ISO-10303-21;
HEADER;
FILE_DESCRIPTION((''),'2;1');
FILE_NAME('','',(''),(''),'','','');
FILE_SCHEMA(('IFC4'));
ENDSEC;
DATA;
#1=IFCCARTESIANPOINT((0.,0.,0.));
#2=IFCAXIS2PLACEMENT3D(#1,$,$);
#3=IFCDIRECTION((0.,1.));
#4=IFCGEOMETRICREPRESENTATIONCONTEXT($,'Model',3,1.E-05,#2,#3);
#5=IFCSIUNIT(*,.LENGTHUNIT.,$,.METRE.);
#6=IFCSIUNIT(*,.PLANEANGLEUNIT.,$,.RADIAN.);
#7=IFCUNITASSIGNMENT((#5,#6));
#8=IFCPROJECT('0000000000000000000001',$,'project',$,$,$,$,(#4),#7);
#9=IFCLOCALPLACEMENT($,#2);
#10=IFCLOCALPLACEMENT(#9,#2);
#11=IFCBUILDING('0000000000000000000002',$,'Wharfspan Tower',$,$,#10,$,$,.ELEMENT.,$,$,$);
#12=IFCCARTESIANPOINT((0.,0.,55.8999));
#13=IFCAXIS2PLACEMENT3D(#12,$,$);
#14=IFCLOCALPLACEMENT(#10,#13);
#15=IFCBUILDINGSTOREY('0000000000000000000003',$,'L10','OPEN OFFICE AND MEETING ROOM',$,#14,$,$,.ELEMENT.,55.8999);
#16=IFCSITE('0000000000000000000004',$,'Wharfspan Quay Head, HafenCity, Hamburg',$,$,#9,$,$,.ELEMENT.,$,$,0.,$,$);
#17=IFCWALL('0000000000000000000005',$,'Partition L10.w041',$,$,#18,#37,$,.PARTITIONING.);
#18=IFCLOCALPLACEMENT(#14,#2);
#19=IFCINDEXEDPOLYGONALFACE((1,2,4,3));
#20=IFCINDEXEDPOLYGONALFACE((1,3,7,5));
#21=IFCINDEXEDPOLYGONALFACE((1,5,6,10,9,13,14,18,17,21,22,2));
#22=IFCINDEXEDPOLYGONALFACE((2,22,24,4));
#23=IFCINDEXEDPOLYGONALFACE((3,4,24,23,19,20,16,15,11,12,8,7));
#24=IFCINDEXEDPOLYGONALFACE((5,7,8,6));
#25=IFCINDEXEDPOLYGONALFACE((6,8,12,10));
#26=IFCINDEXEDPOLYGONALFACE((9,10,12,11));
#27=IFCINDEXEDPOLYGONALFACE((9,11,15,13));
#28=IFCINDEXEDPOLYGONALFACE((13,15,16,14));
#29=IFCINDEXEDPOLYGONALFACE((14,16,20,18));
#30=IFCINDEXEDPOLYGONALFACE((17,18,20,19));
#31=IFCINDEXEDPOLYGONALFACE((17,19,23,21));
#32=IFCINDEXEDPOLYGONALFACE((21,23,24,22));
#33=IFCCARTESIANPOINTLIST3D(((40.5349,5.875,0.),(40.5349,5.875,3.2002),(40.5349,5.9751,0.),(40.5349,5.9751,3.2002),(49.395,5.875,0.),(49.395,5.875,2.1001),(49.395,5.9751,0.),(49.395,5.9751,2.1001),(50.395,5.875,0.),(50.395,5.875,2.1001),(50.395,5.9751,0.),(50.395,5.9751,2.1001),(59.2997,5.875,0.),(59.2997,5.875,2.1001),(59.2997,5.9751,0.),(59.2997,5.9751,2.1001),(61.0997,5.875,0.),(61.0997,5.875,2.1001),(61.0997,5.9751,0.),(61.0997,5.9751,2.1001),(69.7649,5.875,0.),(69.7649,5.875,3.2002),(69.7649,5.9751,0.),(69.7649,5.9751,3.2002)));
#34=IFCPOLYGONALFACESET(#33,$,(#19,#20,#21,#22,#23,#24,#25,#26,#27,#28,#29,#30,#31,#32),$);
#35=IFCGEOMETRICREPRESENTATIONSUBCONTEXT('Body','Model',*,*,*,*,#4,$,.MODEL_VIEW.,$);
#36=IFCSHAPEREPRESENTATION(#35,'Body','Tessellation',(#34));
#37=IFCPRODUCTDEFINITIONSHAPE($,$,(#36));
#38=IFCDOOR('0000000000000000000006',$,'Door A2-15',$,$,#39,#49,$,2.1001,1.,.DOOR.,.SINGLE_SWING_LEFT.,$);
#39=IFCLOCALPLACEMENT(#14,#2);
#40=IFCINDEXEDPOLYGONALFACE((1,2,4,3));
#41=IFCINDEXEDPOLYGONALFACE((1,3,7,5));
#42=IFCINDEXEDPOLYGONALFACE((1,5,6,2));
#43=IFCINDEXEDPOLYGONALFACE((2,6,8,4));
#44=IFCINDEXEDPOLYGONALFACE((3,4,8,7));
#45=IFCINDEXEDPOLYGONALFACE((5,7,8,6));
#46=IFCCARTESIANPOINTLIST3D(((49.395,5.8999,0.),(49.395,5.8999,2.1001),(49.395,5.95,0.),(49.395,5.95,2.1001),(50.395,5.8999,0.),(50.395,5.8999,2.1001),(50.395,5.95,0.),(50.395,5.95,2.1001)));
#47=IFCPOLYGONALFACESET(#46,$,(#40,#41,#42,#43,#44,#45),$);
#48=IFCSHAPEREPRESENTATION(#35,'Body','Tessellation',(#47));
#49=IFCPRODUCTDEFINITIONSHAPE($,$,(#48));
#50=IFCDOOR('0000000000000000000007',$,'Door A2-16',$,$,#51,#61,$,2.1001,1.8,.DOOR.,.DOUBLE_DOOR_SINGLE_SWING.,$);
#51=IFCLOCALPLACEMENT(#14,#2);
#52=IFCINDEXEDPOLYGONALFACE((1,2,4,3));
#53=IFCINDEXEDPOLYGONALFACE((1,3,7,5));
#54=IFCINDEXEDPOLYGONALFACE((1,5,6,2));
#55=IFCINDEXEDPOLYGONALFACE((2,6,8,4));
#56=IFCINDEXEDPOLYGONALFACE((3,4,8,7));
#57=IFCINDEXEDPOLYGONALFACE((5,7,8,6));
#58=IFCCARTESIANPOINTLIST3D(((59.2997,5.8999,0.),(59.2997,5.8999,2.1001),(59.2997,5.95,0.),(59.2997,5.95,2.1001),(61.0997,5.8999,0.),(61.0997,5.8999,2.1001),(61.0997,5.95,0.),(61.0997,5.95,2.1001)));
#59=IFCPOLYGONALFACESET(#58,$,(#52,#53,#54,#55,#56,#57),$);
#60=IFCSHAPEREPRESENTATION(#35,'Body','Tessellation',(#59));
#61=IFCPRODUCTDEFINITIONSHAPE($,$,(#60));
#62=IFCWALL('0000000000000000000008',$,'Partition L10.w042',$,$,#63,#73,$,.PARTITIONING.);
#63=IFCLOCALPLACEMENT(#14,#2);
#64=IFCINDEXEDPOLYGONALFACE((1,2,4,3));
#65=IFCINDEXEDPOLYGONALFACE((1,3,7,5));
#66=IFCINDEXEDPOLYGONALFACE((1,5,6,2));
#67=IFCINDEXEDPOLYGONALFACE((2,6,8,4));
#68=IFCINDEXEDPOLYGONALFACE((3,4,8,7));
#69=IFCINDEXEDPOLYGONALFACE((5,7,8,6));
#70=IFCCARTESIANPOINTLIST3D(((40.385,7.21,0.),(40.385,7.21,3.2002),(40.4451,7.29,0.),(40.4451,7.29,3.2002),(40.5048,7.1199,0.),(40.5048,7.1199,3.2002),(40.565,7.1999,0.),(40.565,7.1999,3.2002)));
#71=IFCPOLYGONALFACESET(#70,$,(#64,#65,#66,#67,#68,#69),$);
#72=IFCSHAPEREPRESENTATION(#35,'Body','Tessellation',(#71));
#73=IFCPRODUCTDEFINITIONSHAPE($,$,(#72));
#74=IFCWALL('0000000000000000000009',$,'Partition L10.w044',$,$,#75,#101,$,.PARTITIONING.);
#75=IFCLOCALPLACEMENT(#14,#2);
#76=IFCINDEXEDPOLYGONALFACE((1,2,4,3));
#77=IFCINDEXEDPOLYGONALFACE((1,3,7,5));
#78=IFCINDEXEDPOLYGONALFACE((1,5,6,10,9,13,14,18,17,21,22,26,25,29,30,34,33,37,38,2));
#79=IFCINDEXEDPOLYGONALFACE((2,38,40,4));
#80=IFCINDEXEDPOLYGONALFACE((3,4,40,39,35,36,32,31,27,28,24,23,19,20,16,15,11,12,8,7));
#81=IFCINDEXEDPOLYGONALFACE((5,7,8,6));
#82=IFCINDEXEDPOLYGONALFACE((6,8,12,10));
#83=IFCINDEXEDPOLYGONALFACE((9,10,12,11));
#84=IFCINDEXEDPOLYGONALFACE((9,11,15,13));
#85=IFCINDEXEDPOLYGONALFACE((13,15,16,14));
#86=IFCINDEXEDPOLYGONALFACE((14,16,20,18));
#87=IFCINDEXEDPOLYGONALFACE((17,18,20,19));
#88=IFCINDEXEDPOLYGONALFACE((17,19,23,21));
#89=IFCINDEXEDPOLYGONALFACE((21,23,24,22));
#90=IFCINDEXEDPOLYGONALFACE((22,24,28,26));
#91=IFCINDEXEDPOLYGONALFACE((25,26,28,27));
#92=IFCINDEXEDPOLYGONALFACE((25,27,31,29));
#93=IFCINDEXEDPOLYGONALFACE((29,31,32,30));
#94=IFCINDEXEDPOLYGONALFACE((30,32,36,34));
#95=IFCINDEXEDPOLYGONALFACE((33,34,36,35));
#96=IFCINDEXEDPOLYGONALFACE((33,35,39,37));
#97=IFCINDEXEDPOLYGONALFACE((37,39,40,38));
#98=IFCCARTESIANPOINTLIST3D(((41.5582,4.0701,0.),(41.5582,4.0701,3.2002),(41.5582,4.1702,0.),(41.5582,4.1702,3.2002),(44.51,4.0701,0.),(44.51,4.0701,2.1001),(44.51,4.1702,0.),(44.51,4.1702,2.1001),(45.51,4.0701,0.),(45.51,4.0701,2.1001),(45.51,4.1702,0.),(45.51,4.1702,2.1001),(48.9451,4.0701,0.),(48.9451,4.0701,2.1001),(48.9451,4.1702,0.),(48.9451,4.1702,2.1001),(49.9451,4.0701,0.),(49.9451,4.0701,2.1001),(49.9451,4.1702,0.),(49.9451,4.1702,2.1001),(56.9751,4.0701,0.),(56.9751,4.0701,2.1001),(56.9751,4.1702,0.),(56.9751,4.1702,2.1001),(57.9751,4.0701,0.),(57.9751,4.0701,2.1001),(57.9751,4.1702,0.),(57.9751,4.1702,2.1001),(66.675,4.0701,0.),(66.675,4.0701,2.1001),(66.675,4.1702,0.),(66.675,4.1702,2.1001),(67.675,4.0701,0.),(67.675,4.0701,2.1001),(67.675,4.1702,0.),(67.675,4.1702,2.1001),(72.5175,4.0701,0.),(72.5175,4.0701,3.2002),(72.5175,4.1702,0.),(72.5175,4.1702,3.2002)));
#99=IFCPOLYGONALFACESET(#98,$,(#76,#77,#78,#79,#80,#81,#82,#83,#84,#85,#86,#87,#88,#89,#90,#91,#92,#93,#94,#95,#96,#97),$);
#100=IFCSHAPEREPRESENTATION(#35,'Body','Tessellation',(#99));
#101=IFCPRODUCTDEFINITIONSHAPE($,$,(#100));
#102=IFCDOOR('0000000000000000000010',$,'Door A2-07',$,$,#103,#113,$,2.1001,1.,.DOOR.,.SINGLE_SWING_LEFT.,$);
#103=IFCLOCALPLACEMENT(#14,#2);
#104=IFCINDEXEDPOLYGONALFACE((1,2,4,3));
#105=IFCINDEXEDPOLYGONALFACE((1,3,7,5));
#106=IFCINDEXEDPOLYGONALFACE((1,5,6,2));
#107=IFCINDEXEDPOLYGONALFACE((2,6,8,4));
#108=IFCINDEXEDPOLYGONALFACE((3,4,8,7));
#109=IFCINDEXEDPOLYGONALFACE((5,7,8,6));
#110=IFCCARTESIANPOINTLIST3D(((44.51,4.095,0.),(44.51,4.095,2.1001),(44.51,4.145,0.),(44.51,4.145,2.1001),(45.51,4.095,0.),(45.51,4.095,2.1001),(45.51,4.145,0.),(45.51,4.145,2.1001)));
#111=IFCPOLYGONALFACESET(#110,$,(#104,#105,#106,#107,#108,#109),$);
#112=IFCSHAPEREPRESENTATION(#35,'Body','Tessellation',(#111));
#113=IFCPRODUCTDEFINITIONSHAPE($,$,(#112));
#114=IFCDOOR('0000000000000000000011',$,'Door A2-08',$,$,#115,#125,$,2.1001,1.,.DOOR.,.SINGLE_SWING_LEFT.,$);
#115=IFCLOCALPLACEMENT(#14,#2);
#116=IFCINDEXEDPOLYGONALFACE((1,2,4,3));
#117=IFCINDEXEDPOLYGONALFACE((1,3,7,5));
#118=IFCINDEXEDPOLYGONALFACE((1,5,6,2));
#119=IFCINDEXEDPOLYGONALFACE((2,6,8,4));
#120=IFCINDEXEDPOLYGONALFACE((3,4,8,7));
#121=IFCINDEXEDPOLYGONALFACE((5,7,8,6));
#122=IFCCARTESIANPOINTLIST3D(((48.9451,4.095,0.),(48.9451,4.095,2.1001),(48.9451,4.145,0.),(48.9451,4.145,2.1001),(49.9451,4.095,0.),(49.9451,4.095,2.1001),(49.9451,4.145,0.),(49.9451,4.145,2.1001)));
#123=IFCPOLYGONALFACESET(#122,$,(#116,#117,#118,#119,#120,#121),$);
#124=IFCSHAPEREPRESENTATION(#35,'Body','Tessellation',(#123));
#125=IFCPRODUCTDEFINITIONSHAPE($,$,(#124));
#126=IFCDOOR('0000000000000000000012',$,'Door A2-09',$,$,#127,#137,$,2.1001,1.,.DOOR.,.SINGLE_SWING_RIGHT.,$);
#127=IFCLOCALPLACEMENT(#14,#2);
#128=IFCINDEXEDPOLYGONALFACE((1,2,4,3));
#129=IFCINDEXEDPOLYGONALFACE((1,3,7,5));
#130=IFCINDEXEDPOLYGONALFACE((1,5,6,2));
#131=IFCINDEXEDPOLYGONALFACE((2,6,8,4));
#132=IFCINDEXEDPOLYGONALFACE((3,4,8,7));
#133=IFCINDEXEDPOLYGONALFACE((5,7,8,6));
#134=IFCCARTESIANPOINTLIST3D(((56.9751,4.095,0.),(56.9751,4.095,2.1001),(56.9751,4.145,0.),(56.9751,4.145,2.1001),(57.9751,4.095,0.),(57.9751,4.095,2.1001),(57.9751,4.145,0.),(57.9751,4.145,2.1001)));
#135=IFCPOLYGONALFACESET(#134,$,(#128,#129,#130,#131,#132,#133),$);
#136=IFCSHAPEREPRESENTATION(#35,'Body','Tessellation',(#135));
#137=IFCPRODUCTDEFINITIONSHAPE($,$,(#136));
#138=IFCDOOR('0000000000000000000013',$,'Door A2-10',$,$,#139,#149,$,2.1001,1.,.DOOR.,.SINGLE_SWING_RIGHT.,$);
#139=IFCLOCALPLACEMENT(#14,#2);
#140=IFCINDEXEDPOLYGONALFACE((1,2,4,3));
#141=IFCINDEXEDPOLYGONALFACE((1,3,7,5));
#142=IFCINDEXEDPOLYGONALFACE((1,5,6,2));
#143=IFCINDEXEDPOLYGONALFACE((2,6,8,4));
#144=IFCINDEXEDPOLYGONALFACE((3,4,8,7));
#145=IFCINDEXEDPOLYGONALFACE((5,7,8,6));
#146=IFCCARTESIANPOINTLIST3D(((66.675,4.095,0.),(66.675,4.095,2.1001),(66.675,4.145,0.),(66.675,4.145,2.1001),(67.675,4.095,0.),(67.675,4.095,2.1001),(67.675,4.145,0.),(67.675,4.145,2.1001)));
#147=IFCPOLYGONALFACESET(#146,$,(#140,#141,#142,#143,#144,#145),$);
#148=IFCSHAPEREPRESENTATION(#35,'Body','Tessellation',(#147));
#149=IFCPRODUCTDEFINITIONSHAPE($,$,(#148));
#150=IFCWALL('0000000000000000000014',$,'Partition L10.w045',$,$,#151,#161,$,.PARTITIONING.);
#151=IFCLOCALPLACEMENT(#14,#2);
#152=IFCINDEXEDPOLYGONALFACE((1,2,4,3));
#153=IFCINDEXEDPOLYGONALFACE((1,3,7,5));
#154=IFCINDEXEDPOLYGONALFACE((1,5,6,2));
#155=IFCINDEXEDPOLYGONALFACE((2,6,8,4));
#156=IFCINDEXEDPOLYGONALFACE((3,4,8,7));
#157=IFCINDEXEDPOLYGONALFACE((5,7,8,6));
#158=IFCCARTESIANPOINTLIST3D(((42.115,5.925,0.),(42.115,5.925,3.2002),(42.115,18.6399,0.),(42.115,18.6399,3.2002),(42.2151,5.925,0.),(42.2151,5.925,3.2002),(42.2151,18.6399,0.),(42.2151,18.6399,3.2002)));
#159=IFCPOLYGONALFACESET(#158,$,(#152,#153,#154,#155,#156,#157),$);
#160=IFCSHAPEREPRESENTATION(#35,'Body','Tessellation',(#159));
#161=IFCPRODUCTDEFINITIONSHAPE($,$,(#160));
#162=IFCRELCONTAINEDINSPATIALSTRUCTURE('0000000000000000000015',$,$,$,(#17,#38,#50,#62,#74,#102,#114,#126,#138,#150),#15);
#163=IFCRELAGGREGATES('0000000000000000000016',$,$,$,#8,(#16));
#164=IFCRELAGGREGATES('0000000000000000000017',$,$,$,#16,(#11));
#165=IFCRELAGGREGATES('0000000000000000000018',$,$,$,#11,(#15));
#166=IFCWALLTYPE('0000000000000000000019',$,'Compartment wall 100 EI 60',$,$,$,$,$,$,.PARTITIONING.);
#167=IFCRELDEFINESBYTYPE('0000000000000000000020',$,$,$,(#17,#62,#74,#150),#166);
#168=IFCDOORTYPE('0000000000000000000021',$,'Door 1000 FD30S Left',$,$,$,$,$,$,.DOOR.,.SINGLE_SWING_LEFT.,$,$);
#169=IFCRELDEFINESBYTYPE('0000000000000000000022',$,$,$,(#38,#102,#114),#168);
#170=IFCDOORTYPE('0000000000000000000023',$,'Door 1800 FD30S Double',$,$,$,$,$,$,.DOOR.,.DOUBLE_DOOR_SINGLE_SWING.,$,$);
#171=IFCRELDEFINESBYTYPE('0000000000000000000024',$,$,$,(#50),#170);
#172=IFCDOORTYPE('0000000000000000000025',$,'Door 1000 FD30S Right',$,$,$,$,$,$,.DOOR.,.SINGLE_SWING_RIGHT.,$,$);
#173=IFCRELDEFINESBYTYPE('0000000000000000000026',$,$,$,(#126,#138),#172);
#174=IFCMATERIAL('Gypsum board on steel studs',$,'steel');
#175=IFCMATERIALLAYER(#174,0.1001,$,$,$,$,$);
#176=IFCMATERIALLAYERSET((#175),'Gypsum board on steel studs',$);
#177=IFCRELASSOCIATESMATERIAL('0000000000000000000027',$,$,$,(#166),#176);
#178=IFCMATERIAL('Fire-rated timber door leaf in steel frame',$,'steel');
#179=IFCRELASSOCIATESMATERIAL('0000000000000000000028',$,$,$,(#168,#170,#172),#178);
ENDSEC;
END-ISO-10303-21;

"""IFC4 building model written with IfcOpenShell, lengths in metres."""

from ifc_helpers import new_model, si_unit, direction, frame, frame_2d, origin, place, context, subcontext, project, spatial, rectangle, extrude, material, layer, layer_set, type_object, element, fill, save


model = new_model("IFC4")

# Units and contexts
model_context = context("Model", 3, precision=1e-05, world=origin(), true_north=direction((0.0, 1.0)))
body_context = subcontext(model_context, "Body", "Model", "MODEL_VIEW")
ifc_project = project(units=[si_unit("LENGTHUNIT", "METRE"), si_unit("PLANEANGLEUNIT", "RADIAN")], contexts=[model_context])

# Site, building, storey
site_placement = place(None, origin())
site = spatial("IfcSite", under=ifc_project, at=site_placement, Name="Wharfspan Quay Head, HafenCity, Hamburg", CompositionType="ELEMENT", RefElevation=0.0)
building_placement = place(site_placement, origin())
building = spatial("IfcBuilding", under=site, at=building_placement, Name="Wharfspan Tower", CompositionType="ELEMENT")
storey_placement = place(building_placement, frame((0.0, 0.0, 55.8999)))
storey = spatial("IfcBuildingStorey", under=building, at=storey_placement, Name="L10", Description="OPEN OFFICE AND MEETING ROOM", CompositionType="ELEMENT", Elevation=55.8999)

# Shared definitions
ifc_material_1 = material(Name="Gypsum board on steel studs", Category="steel")
ifc_layer_1 = layer(ifc_material_1, 0.1001)
ifc_layer_set_1 = layer_set([ifc_layer_1], Name="Gypsum board on steel studs")
wall_type_1 = type_object("IfcWallType", Name="Compartment wall 100 EI 60", PredefinedType="PARTITIONING", material=ifc_layer_set_1)
ifc_material_2 = material(Name="Fire-rated timber door leaf in steel frame", Category="steel")
door_type_1 = type_object("IfcDoorType", Name="Door 1000 FD30S Left", OperationType="SINGLE_SWING_LEFT", PredefinedType="DOOR", material=ifc_material_2)

# Wall, openings, doors
wall_1_placement = place(storey_placement, frame((40.5349, 5.925, 0.0), z_axis=(0.0, 0.0, 1.0), x_axis=(1.0, 0.0, 0.0)))
wall_1 = element("IfcWall", 1, at=wall_1_placement, inside=storey, type_object=wall_type_1, Name="Partition L10.w041", PredefinedType="PARTITIONING", context=body_context, shape_type="SweptSolid", body=[
    extrude(rectangle(XDim=29.23, YDim=0.1001, at=frame_2d((14.615, 0.0))), origin(), (0.0, 0.0, 1.0), 3.2002),
])
opening_1_placement = place(wall_1_placement, frame((8.8601, 0.0, 0.0)))
opening_1 = element("IfcOpeningElement", 2, at=opening_1_placement, cuts=wall_1, PredefinedType="OPENING", context=body_context, shape_type="SweptSolid", body=[
    extrude(rectangle(XDim=1.0, YDim=2.1001, at=frame_2d((0.5, 1.05))), frame((0.0, 0.0601, 0.0), z_axis=(0.0, -1.0, 0.0), x_axis=(1.0, 0.0, 0.0)), (0.0, 0.0, 1.0), 0.1201),
])
opening_2_placement = place(wall_1_placement, frame((18.7649, 0.0, 0.0)))
opening_2 = element("IfcOpeningElement", 3, at=opening_2_placement, cuts=wall_1, PredefinedType="OPENING", context=body_context, shape_type="SweptSolid", body=[
    extrude(rectangle(XDim=1.8, YDim=2.1001, at=frame_2d((0.8999, 1.05))), frame((0.0, 0.0601, 0.0), z_axis=(0.0, -1.0, 0.0), x_axis=(1.0, 0.0, 0.0)), (0.0, 0.0, 1.0), 0.1201),
])
door_1_placement = place(opening_1_placement, origin())
door_1 = element("IfcDoor", 4, at=door_1_placement, inside=storey, type_object=door_type_1, Name="Door A2-15", OperationType="SINGLE_SWING_LEFT", OverallHeight=2.1001, OverallWidth=1.0, PredefinedType="DOOR", context=body_context, shape_type="SweptSolid", body=[
    extrude(rectangle(XDim=1.0, YDim=2.1001, at=frame_2d((0.5, 1.05))), frame((0.0, 0.0249, 0.0), z_axis=(0.0, -1.0, 0.0), x_axis=(1.0, 0.0, 0.0)), (0.0, 0.0, 1.0), 0.05),
])
fill(opening_1, door_1)
door_type_2 = type_object("IfcDoorType", Name="Door 1800 FD30S Double", OperationType="DOUBLE_DOOR_SINGLE_SWING", PredefinedType="DOOR", material=ifc_material_2)
door_2_placement = place(opening_2_placement, origin())
door_2 = element("IfcDoor", 5, at=door_2_placement, inside=storey, type_object=door_type_2, Name="Door A2-16", OperationType="DOUBLE_DOOR_SINGLE_SWING", OverallHeight=2.1001, OverallWidth=1.8, PredefinedType="DOOR", context=body_context, shape_type="SweptSolid", body=[
    extrude(rectangle(XDim=1.8, YDim=2.1001, at=frame_2d((0.8999, 1.05))), frame((0.0, 0.0249, 0.0), z_axis=(0.0, -1.0, 0.0), x_axis=(1.0, 0.0, 0.0)), (0.0, 0.0, 1.0), 0.05),
])
fill(opening_2, door_2)

# Wall
wall_2_placement = place(storey_placement, frame((40.5349, 7.1599, 0.0), z_axis=(0.0, 0.0, 1.0), x_axis=(-0.799412, 0.60078, 0.0)))
element("IfcWall", 6, at=wall_2_placement, inside=storey, type_object=wall_type_1, Name="Partition L10.w042", PredefinedType="PARTITIONING", context=body_context, shape_type="SweptSolid", body=[
    extrude(rectangle(XDim=0.1499, YDim=0.1001, at=frame_2d((0.075, 0.0))), origin(), (0.0, 0.0, 1.0), 3.2002),
])

# Wall, openings, doors
wall_3_placement = place(storey_placement, frame((41.5583, 4.1201, 0.0), z_axis=(0.0, 0.0, 1.0), x_axis=(1.0, 0.0, 0.0)))
wall_3 = element("IfcWall", 7, at=wall_3_placement, inside=storey, type_object=wall_type_1, Name="Partition L10.w044", PredefinedType="PARTITIONING", context=body_context, shape_type="SweptSolid", body=[
    extrude(rectangle(XDim=30.9592, YDim=0.1001, at=frame_2d((15.4795, 0.0))), origin(), (0.0, 0.0, 1.0), 3.2002),
])
opening_3_placement = place(wall_3_placement, frame((2.9517, 0.0, 0.0)))
opening_3 = element("IfcOpeningElement", 8, at=opening_3_placement, cuts=wall_3, PredefinedType="OPENING", context=body_context, shape_type="SweptSolid", body=[
    extrude(rectangle(XDim=1.0, YDim=2.1001, at=frame_2d((0.5, 1.05))), frame((0.0, 0.0601, 0.0), z_axis=(0.0, -1.0, 0.0), x_axis=(1.0, 0.0, 0.0)), (0.0, 0.0, 1.0), 0.1201),
])
opening_4_placement = place(wall_3_placement, frame((7.3867, 0.0, 0.0)))
opening_4 = element("IfcOpeningElement", 9, at=opening_4_placement, cuts=wall_3, PredefinedType="OPENING", context=body_context, shape_type="SweptSolid", body=[
    extrude(rectangle(XDim=1.0, YDim=2.1001, at=frame_2d((0.5, 1.05))), frame((0.0, 0.0601, 0.0), z_axis=(0.0, -1.0, 0.0), x_axis=(1.0, 0.0, 0.0)), (0.0, 0.0, 1.0), 0.1201),
])
opening_5_placement = place(wall_3_placement, frame((15.4167, 0.0, 0.0)))
opening_5 = element("IfcOpeningElement", 10, at=opening_5_placement, cuts=wall_3, PredefinedType="OPENING", context=body_context, shape_type="SweptSolid", body=[
    extrude(rectangle(XDim=1.0, YDim=2.1001, at=frame_2d((0.5, 1.05))), frame((0.0, 0.0601, 0.0), z_axis=(0.0, -1.0, 0.0), x_axis=(1.0, 0.0, 0.0)), (0.0, 0.0, 1.0), 0.1201),
])
opening_6_placement = place(wall_3_placement, frame((25.1167, 0.0, 0.0)))
opening_6 = element("IfcOpeningElement", 11, at=opening_6_placement, cuts=wall_3, PredefinedType="OPENING", context=body_context, shape_type="SweptSolid", body=[
    extrude(rectangle(XDim=1.0, YDim=2.1001, at=frame_2d((0.5, 1.05))), frame((0.0, 0.0601, 0.0), z_axis=(0.0, -1.0, 0.0), x_axis=(1.0, 0.0, 0.0)), (0.0, 0.0, 1.0), 0.1201),
])
door_3_placement = place(opening_3_placement, origin())
door_3 = element("IfcDoor", 12, at=door_3_placement, inside=storey, type_object=door_type_1, Name="Door A2-07", OperationType="SINGLE_SWING_LEFT", OverallHeight=2.1001, OverallWidth=1.0, PredefinedType="DOOR", context=body_context, shape_type="SweptSolid", body=[
    extrude(rectangle(XDim=1.0, YDim=2.1001, at=frame_2d((0.5, 1.05))), frame((0.0, 0.0249, 0.0), z_axis=(0.0, -1.0, 0.0), x_axis=(1.0, 0.0, 0.0)), (0.0, 0.0, 1.0), 0.05),
])
fill(opening_3, door_3)
door_4_placement = place(opening_4_placement, origin())
door_4 = element("IfcDoor", 13, at=door_4_placement, inside=storey, type_object=door_type_1, Name="Door A2-08", OperationType="SINGLE_SWING_LEFT", OverallHeight=2.1001, OverallWidth=1.0, PredefinedType="DOOR", context=body_context, shape_type="SweptSolid", body=[
    extrude(rectangle(XDim=1.0, YDim=2.1001, at=frame_2d((0.5, 1.05))), frame((0.0, 0.0249, 0.0), z_axis=(0.0, -1.0, 0.0), x_axis=(1.0, 0.0, 0.0)), (0.0, 0.0, 1.0), 0.05),
])
fill(opening_4, door_4)
door_type_3 = type_object("IfcDoorType", Name="Door 1000 FD30S Right", OperationType="SINGLE_SWING_RIGHT", PredefinedType="DOOR", material=ifc_material_2)
door_5_placement = place(opening_5_placement, origin())
door_5 = element("IfcDoor", 14, at=door_5_placement, inside=storey, type_object=door_type_3, Name="Door A2-09", OperationType="SINGLE_SWING_RIGHT", OverallHeight=2.1001, OverallWidth=1.0, PredefinedType="DOOR", context=body_context, shape_type="SweptSolid", body=[
    extrude(rectangle(XDim=1.0, YDim=2.1001, at=frame_2d((0.5, 1.05))), frame((0.0, 0.0249, 0.0), z_axis=(0.0, -1.0, 0.0), x_axis=(1.0, 0.0, 0.0)), (0.0, 0.0, 1.0), 0.05),
])
fill(opening_5, door_5)
door_6_placement = place(opening_6_placement, origin())
door_6 = element("IfcDoor", 15, at=door_6_placement, inside=storey, type_object=door_type_3, Name="Door A2-10", OperationType="SINGLE_SWING_RIGHT", OverallHeight=2.1001, OverallWidth=1.0, PredefinedType="DOOR", context=body_context, shape_type="SweptSolid", body=[
    extrude(rectangle(XDim=1.0, YDim=2.1001, at=frame_2d((0.5, 1.05))), frame((0.0, 0.0249, 0.0), z_axis=(0.0, -1.0, 0.0), x_axis=(1.0, 0.0, 0.0)), (0.0, 0.0, 1.0), 0.05),
])
fill(opening_6, door_6)

# Wall
for number, where, z_axis, x_axis, name in (
    (16, (42.165, 5.925, 0.0), (0.0, 0.0, 1.0), (0.0, 1.0, 0.0), "Partition L10.w045"),
):
    element("IfcWall", number, at=place(storey_placement, frame(where, z_axis=z_axis, x_axis=x_axis)), inside=storey, type_object=wall_type_1, Name=name, PredefinedType="PARTITIONING", context=body_context, shape_type="SweptSolid", body=[
        extrude(rectangle(XDim=12.7148, YDim=0.1001, at=frame_2d((6.3574, 0.0))), origin(), (0.0, 0.0, 1.0), 3.2002),
    ])

save(model, "model.ifc")
